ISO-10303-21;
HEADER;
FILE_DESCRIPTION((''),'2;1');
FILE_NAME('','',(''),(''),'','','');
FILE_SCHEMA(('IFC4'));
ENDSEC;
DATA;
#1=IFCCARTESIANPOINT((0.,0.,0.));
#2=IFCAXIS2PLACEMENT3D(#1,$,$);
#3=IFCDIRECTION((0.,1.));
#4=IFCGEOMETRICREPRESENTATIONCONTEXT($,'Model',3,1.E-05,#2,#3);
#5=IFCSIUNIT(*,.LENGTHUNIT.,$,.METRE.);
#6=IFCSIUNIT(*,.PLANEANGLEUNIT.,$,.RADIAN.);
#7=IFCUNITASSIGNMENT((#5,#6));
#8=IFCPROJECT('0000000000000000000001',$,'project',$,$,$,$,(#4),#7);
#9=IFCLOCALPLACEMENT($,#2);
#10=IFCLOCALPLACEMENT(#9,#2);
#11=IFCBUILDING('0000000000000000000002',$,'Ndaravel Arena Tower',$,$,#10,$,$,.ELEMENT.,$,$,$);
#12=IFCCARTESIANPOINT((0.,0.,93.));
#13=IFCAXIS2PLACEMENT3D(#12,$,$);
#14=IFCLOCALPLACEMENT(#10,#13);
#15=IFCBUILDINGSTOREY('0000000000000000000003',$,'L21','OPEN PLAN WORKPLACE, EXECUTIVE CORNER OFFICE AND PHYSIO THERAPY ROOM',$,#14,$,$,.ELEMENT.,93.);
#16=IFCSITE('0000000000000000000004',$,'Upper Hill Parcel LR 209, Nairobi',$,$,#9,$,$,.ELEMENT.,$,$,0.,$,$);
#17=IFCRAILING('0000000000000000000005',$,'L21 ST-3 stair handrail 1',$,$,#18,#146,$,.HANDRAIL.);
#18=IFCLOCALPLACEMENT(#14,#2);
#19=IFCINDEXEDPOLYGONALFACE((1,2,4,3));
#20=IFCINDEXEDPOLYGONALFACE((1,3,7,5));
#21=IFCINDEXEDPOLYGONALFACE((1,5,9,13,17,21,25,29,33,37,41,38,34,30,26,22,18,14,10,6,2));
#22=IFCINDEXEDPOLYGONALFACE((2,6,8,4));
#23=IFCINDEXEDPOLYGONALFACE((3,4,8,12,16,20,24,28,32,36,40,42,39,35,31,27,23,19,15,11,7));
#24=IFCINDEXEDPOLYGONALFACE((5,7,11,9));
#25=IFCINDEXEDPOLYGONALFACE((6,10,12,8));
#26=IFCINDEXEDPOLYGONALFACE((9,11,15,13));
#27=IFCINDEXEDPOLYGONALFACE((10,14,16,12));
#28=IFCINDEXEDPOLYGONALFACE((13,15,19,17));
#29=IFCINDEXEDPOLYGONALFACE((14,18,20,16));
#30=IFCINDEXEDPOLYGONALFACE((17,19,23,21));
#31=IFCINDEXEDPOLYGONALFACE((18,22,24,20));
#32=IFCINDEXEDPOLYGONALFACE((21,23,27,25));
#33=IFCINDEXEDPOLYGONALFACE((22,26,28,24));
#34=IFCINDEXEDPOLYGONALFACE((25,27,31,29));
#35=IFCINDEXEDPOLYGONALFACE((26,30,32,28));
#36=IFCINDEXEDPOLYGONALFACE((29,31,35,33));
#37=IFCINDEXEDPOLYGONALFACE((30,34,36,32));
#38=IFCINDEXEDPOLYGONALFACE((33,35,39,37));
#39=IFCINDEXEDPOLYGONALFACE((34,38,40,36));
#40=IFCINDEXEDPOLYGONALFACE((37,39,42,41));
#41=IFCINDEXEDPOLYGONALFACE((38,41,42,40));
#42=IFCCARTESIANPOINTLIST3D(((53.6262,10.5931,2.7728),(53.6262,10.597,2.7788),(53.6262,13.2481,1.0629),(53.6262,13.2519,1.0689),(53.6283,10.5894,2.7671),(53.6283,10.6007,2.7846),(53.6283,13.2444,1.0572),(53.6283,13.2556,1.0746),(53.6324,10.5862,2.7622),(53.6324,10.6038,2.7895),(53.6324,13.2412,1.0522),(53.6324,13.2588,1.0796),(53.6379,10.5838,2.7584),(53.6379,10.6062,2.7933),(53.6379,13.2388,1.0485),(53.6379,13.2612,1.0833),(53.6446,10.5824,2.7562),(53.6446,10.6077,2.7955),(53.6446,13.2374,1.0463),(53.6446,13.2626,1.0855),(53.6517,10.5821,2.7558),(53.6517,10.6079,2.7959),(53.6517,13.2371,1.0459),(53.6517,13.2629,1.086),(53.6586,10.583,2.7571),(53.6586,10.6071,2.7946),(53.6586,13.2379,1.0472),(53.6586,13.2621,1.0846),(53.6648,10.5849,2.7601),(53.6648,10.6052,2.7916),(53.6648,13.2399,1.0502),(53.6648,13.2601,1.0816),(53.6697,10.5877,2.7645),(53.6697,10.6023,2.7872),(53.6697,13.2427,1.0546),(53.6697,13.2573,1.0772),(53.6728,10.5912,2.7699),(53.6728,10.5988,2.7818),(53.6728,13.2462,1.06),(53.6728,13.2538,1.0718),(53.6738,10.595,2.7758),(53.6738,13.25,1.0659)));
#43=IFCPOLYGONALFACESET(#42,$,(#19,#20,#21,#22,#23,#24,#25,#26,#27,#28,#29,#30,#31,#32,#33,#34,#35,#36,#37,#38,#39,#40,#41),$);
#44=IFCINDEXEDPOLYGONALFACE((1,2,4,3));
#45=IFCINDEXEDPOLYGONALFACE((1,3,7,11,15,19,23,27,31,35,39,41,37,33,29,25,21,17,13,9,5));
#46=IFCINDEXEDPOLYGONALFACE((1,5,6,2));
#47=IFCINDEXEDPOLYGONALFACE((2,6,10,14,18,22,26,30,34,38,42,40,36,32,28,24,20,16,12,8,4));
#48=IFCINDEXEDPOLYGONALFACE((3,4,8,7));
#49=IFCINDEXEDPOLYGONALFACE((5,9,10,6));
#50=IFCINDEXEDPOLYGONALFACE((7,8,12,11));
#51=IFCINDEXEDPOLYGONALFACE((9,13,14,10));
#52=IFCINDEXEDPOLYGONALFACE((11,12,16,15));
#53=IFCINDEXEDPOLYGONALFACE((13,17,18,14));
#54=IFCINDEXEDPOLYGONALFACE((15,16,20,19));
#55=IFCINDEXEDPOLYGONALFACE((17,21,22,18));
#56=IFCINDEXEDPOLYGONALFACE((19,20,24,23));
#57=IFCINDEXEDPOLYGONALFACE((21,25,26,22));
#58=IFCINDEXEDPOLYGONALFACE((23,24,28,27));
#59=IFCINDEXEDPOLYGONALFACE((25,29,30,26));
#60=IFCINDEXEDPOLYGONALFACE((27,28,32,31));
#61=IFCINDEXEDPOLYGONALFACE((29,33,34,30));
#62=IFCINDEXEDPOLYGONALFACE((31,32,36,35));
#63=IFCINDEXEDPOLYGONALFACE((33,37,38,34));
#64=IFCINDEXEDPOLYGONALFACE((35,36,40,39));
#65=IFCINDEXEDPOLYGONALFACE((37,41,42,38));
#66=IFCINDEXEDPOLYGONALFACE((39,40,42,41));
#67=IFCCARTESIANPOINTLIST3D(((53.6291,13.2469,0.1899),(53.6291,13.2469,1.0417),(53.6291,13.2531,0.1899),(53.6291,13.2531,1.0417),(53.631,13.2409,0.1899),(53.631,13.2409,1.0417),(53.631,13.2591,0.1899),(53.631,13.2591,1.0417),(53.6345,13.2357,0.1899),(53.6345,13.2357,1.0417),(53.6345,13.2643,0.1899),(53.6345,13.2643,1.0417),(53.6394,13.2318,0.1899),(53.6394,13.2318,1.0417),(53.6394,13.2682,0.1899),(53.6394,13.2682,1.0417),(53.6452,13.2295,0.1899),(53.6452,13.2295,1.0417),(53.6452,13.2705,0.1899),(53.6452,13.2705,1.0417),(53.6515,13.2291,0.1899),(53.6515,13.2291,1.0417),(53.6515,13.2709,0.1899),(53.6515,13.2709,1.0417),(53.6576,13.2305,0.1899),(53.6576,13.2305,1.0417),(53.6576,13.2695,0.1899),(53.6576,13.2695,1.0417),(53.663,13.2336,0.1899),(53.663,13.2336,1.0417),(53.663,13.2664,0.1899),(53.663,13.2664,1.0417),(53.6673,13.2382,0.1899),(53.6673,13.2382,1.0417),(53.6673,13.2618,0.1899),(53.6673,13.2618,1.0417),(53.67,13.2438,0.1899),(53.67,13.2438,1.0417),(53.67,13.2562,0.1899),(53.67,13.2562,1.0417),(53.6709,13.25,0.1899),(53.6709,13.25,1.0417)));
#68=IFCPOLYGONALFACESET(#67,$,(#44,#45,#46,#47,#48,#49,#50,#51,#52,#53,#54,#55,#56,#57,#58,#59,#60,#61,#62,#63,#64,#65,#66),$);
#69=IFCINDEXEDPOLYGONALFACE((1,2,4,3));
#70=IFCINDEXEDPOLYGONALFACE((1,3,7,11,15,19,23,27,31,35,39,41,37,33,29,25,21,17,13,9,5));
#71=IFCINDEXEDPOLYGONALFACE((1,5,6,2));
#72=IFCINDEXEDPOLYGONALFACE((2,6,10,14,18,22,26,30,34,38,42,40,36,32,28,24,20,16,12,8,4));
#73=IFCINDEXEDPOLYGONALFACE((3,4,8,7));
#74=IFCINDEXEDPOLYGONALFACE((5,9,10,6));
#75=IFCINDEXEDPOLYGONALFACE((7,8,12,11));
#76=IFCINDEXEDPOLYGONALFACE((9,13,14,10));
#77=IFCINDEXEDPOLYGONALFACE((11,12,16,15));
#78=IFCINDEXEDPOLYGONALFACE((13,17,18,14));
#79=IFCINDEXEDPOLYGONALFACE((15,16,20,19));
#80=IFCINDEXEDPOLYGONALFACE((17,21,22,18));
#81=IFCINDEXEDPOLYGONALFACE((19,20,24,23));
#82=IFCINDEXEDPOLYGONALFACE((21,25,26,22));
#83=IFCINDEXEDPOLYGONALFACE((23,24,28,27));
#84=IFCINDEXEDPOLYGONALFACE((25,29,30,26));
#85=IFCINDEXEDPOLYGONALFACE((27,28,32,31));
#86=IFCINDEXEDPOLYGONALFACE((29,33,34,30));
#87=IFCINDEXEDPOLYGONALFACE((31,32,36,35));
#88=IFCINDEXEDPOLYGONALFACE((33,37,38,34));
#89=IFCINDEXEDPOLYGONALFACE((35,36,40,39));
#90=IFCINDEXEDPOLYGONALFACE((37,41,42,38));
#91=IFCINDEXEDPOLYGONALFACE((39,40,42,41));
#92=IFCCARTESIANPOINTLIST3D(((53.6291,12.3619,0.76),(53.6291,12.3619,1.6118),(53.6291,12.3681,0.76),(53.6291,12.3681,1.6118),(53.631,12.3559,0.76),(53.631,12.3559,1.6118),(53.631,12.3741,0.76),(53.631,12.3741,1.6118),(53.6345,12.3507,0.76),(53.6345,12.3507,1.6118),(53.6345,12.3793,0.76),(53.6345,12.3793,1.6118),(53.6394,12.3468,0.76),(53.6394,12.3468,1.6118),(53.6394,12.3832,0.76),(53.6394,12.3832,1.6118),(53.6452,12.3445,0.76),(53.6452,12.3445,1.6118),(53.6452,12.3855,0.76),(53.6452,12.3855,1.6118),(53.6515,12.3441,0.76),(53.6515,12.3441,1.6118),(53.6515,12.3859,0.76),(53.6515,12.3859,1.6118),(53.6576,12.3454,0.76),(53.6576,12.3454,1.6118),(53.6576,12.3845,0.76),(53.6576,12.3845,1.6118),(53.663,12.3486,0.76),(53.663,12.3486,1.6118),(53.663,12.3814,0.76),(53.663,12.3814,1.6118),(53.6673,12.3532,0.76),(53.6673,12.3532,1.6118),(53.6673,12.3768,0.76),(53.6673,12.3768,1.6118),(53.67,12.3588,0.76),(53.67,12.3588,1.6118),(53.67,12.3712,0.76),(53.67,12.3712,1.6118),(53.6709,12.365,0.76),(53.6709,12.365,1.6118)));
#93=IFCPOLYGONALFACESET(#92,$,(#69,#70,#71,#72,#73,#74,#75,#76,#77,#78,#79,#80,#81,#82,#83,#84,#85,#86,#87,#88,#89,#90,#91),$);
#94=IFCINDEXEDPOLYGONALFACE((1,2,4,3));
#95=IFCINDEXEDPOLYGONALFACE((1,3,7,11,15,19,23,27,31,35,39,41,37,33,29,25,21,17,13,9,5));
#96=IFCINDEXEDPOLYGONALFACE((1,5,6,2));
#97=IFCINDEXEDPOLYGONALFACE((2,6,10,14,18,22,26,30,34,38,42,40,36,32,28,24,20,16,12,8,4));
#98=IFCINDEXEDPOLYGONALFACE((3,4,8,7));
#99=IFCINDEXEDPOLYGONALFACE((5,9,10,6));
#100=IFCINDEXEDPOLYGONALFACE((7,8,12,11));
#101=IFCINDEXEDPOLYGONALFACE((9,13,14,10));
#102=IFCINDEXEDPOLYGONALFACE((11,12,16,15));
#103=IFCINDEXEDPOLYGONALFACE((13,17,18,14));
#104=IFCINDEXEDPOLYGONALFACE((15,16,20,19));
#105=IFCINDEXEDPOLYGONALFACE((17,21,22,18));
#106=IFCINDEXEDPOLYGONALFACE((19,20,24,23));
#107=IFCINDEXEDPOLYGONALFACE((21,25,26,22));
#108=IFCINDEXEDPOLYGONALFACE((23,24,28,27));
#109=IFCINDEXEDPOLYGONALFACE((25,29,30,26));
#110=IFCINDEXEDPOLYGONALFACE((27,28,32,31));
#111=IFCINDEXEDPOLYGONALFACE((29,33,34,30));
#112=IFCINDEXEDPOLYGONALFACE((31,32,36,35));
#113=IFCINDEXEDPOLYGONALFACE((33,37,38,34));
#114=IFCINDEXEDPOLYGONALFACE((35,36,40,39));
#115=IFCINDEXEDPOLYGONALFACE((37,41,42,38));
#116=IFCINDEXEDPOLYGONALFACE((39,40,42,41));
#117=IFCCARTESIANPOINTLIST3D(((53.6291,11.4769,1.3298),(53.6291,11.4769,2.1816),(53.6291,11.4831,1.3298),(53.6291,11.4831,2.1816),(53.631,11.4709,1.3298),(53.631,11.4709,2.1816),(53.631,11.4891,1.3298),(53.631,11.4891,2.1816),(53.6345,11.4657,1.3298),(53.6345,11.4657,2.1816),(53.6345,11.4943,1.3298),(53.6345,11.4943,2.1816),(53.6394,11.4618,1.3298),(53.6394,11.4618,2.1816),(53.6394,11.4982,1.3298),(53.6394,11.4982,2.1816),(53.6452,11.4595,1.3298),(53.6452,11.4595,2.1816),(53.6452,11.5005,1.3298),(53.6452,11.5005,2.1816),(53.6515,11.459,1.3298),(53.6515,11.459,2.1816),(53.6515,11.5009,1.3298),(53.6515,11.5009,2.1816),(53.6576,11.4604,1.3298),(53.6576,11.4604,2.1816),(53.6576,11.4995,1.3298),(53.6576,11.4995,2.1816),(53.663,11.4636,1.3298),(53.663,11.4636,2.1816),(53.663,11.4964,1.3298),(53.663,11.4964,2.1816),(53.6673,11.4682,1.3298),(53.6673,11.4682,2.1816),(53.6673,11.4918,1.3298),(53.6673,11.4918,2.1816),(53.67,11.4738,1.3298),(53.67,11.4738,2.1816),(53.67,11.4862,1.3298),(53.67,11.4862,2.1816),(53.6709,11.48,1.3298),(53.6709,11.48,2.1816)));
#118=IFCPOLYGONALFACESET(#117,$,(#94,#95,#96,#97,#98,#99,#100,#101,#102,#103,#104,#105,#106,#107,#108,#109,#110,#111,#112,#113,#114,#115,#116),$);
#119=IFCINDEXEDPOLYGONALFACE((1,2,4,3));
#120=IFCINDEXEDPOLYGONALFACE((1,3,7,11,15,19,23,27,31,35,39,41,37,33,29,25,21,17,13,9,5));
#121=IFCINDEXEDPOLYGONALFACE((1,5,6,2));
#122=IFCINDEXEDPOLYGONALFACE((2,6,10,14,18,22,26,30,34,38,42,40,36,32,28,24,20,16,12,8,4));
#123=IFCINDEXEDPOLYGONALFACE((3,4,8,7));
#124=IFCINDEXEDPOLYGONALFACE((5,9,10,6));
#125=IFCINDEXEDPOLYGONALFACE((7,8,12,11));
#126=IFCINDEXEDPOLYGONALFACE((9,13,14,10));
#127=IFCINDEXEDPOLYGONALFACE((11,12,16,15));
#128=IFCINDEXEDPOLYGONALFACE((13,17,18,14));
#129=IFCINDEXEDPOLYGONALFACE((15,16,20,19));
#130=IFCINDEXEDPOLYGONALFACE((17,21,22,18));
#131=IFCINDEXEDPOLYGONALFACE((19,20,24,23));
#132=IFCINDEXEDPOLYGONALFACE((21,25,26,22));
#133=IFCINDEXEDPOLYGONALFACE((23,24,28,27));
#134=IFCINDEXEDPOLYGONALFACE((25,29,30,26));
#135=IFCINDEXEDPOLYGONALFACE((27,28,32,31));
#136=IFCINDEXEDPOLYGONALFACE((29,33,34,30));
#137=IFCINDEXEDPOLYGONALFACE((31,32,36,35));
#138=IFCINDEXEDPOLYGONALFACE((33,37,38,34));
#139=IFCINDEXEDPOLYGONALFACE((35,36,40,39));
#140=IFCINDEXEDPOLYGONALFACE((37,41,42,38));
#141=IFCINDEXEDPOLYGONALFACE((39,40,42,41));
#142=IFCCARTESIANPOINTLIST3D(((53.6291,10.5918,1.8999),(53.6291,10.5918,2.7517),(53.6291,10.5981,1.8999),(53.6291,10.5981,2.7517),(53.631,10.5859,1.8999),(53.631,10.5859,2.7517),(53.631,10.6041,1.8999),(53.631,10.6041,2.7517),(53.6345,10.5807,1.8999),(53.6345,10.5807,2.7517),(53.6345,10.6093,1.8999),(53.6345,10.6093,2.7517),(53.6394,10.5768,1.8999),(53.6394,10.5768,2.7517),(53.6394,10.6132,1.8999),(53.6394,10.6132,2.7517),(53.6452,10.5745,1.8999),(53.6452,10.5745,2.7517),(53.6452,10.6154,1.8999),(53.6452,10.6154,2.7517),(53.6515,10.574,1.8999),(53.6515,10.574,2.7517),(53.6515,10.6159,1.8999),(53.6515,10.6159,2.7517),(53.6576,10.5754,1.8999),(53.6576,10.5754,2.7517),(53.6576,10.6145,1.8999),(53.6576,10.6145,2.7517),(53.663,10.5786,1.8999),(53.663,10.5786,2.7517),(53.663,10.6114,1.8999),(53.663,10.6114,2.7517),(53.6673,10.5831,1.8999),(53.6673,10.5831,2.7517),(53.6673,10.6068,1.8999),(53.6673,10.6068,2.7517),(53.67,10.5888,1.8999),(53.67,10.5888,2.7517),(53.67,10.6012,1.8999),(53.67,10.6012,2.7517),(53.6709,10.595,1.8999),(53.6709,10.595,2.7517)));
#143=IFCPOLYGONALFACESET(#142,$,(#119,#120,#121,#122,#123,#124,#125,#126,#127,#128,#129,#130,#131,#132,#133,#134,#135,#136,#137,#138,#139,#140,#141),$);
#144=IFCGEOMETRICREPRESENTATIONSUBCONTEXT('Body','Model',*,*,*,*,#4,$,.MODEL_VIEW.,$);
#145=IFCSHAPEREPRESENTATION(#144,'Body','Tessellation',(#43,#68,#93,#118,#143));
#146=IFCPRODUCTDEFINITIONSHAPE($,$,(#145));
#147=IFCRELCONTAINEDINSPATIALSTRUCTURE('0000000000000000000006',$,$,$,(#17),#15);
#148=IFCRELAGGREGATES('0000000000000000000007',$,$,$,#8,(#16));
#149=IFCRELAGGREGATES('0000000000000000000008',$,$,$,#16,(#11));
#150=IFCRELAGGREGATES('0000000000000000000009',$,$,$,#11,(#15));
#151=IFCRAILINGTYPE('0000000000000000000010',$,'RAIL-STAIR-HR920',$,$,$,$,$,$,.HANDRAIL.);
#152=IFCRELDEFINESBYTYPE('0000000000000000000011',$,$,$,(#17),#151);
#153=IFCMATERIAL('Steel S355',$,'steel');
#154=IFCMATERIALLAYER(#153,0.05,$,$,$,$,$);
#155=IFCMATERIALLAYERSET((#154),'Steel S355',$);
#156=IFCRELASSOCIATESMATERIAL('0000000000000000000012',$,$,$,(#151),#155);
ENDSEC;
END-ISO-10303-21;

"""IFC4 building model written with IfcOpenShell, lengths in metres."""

from ifc_helpers import new_model, si_unit, direction, frame, origin, origin_2d, place, context, subcontext, project, spatial, circle, extrude, material, layer, layer_set, type_object, element, save


model = new_model("IFC4")

# Units and contexts
model_context = context("Model", 3, precision=1e-05, world=origin(), true_north=direction((0.0, 1.0)))
body_context = subcontext(model_context, "Body", "Model", "MODEL_VIEW")
ifc_project = project(units=[si_unit("LENGTHUNIT", "METRE"), si_unit("PLANEANGLEUNIT", "RADIAN")], contexts=[model_context])

# Site, building, storey
site_placement = place(None, origin())
site = spatial("IfcSite", under=ifc_project, at=site_placement, Name="Upper Hill Parcel LR 209, Nairobi", CompositionType="ELEMENT", RefElevation=0.0)
building_placement = place(site_placement, origin())
building = spatial("IfcBuilding", under=site, at=building_placement, Name="Ndaravel Arena Tower", CompositionType="ELEMENT")
storey_placement = place(building_placement, frame((0.0, 0.0, 93.0)))
storey = spatial("IfcBuildingStorey", under=building, at=storey_placement, Name="L21", Description="OPEN PLAN WORKPLACE, EXECUTIVE CORNER OFFICE AND PHYSIO THERAPY ROOM", CompositionType="ELEMENT", Elevation=93.0)

# Railing
ifc_material_1 = material(Name="Steel S355", Category="steel")
ifc_layer_1 = layer(ifc_material_1, 0.05)
ifc_layer_set_1 = layer_set([ifc_layer_1], Name="Steel S355")
railing_type_1 = type_object("IfcRailingType", Name="RAIL-STAIR-HR920", PredefinedType="HANDRAIL", material=ifc_layer_set_1)
railing_1_placement = place(storey_placement, frame((53.6499, 13.25, 0.1899)))
element("IfcRailing", 1, at=railing_1_placement, inside=storey, type_object=railing_type_1, Name="L21 ST-3 stair handrail 1", PredefinedType="HANDRAIL", context=body_context, shape_type="SweptSolid", body=[
    extrude(circle(Radius=0.0239, at=origin_2d()), frame((0.0, 0.0, 0.876), z_axis=(0.0, -0.840724, 0.541465), x_axis=(1.0, 0.0, 0.0)), (0.0, 0.0, 1.0), 3.158),
    extrude(circle(Radius=0.021, at=origin_2d()), origin(), (0.0, 0.0, 1.0), 0.8518),
    extrude(circle(Radius=0.021, at=origin_2d()), frame((0.0, -0.885, 0.5701)), (0.0, 0.0, 1.0), 0.8518),
    extrude(circle(Radius=0.021, at=origin_2d()), frame((0.0, -1.77, 1.1399)), (0.0, 0.0, 1.0), 0.8518),
    extrude(circle(Radius=0.021, at=origin_2d()), frame((0.0, -2.655, 1.71)), (0.0, 0.0, 1.0), 0.8518),
])

save(model, "model.ifc")
